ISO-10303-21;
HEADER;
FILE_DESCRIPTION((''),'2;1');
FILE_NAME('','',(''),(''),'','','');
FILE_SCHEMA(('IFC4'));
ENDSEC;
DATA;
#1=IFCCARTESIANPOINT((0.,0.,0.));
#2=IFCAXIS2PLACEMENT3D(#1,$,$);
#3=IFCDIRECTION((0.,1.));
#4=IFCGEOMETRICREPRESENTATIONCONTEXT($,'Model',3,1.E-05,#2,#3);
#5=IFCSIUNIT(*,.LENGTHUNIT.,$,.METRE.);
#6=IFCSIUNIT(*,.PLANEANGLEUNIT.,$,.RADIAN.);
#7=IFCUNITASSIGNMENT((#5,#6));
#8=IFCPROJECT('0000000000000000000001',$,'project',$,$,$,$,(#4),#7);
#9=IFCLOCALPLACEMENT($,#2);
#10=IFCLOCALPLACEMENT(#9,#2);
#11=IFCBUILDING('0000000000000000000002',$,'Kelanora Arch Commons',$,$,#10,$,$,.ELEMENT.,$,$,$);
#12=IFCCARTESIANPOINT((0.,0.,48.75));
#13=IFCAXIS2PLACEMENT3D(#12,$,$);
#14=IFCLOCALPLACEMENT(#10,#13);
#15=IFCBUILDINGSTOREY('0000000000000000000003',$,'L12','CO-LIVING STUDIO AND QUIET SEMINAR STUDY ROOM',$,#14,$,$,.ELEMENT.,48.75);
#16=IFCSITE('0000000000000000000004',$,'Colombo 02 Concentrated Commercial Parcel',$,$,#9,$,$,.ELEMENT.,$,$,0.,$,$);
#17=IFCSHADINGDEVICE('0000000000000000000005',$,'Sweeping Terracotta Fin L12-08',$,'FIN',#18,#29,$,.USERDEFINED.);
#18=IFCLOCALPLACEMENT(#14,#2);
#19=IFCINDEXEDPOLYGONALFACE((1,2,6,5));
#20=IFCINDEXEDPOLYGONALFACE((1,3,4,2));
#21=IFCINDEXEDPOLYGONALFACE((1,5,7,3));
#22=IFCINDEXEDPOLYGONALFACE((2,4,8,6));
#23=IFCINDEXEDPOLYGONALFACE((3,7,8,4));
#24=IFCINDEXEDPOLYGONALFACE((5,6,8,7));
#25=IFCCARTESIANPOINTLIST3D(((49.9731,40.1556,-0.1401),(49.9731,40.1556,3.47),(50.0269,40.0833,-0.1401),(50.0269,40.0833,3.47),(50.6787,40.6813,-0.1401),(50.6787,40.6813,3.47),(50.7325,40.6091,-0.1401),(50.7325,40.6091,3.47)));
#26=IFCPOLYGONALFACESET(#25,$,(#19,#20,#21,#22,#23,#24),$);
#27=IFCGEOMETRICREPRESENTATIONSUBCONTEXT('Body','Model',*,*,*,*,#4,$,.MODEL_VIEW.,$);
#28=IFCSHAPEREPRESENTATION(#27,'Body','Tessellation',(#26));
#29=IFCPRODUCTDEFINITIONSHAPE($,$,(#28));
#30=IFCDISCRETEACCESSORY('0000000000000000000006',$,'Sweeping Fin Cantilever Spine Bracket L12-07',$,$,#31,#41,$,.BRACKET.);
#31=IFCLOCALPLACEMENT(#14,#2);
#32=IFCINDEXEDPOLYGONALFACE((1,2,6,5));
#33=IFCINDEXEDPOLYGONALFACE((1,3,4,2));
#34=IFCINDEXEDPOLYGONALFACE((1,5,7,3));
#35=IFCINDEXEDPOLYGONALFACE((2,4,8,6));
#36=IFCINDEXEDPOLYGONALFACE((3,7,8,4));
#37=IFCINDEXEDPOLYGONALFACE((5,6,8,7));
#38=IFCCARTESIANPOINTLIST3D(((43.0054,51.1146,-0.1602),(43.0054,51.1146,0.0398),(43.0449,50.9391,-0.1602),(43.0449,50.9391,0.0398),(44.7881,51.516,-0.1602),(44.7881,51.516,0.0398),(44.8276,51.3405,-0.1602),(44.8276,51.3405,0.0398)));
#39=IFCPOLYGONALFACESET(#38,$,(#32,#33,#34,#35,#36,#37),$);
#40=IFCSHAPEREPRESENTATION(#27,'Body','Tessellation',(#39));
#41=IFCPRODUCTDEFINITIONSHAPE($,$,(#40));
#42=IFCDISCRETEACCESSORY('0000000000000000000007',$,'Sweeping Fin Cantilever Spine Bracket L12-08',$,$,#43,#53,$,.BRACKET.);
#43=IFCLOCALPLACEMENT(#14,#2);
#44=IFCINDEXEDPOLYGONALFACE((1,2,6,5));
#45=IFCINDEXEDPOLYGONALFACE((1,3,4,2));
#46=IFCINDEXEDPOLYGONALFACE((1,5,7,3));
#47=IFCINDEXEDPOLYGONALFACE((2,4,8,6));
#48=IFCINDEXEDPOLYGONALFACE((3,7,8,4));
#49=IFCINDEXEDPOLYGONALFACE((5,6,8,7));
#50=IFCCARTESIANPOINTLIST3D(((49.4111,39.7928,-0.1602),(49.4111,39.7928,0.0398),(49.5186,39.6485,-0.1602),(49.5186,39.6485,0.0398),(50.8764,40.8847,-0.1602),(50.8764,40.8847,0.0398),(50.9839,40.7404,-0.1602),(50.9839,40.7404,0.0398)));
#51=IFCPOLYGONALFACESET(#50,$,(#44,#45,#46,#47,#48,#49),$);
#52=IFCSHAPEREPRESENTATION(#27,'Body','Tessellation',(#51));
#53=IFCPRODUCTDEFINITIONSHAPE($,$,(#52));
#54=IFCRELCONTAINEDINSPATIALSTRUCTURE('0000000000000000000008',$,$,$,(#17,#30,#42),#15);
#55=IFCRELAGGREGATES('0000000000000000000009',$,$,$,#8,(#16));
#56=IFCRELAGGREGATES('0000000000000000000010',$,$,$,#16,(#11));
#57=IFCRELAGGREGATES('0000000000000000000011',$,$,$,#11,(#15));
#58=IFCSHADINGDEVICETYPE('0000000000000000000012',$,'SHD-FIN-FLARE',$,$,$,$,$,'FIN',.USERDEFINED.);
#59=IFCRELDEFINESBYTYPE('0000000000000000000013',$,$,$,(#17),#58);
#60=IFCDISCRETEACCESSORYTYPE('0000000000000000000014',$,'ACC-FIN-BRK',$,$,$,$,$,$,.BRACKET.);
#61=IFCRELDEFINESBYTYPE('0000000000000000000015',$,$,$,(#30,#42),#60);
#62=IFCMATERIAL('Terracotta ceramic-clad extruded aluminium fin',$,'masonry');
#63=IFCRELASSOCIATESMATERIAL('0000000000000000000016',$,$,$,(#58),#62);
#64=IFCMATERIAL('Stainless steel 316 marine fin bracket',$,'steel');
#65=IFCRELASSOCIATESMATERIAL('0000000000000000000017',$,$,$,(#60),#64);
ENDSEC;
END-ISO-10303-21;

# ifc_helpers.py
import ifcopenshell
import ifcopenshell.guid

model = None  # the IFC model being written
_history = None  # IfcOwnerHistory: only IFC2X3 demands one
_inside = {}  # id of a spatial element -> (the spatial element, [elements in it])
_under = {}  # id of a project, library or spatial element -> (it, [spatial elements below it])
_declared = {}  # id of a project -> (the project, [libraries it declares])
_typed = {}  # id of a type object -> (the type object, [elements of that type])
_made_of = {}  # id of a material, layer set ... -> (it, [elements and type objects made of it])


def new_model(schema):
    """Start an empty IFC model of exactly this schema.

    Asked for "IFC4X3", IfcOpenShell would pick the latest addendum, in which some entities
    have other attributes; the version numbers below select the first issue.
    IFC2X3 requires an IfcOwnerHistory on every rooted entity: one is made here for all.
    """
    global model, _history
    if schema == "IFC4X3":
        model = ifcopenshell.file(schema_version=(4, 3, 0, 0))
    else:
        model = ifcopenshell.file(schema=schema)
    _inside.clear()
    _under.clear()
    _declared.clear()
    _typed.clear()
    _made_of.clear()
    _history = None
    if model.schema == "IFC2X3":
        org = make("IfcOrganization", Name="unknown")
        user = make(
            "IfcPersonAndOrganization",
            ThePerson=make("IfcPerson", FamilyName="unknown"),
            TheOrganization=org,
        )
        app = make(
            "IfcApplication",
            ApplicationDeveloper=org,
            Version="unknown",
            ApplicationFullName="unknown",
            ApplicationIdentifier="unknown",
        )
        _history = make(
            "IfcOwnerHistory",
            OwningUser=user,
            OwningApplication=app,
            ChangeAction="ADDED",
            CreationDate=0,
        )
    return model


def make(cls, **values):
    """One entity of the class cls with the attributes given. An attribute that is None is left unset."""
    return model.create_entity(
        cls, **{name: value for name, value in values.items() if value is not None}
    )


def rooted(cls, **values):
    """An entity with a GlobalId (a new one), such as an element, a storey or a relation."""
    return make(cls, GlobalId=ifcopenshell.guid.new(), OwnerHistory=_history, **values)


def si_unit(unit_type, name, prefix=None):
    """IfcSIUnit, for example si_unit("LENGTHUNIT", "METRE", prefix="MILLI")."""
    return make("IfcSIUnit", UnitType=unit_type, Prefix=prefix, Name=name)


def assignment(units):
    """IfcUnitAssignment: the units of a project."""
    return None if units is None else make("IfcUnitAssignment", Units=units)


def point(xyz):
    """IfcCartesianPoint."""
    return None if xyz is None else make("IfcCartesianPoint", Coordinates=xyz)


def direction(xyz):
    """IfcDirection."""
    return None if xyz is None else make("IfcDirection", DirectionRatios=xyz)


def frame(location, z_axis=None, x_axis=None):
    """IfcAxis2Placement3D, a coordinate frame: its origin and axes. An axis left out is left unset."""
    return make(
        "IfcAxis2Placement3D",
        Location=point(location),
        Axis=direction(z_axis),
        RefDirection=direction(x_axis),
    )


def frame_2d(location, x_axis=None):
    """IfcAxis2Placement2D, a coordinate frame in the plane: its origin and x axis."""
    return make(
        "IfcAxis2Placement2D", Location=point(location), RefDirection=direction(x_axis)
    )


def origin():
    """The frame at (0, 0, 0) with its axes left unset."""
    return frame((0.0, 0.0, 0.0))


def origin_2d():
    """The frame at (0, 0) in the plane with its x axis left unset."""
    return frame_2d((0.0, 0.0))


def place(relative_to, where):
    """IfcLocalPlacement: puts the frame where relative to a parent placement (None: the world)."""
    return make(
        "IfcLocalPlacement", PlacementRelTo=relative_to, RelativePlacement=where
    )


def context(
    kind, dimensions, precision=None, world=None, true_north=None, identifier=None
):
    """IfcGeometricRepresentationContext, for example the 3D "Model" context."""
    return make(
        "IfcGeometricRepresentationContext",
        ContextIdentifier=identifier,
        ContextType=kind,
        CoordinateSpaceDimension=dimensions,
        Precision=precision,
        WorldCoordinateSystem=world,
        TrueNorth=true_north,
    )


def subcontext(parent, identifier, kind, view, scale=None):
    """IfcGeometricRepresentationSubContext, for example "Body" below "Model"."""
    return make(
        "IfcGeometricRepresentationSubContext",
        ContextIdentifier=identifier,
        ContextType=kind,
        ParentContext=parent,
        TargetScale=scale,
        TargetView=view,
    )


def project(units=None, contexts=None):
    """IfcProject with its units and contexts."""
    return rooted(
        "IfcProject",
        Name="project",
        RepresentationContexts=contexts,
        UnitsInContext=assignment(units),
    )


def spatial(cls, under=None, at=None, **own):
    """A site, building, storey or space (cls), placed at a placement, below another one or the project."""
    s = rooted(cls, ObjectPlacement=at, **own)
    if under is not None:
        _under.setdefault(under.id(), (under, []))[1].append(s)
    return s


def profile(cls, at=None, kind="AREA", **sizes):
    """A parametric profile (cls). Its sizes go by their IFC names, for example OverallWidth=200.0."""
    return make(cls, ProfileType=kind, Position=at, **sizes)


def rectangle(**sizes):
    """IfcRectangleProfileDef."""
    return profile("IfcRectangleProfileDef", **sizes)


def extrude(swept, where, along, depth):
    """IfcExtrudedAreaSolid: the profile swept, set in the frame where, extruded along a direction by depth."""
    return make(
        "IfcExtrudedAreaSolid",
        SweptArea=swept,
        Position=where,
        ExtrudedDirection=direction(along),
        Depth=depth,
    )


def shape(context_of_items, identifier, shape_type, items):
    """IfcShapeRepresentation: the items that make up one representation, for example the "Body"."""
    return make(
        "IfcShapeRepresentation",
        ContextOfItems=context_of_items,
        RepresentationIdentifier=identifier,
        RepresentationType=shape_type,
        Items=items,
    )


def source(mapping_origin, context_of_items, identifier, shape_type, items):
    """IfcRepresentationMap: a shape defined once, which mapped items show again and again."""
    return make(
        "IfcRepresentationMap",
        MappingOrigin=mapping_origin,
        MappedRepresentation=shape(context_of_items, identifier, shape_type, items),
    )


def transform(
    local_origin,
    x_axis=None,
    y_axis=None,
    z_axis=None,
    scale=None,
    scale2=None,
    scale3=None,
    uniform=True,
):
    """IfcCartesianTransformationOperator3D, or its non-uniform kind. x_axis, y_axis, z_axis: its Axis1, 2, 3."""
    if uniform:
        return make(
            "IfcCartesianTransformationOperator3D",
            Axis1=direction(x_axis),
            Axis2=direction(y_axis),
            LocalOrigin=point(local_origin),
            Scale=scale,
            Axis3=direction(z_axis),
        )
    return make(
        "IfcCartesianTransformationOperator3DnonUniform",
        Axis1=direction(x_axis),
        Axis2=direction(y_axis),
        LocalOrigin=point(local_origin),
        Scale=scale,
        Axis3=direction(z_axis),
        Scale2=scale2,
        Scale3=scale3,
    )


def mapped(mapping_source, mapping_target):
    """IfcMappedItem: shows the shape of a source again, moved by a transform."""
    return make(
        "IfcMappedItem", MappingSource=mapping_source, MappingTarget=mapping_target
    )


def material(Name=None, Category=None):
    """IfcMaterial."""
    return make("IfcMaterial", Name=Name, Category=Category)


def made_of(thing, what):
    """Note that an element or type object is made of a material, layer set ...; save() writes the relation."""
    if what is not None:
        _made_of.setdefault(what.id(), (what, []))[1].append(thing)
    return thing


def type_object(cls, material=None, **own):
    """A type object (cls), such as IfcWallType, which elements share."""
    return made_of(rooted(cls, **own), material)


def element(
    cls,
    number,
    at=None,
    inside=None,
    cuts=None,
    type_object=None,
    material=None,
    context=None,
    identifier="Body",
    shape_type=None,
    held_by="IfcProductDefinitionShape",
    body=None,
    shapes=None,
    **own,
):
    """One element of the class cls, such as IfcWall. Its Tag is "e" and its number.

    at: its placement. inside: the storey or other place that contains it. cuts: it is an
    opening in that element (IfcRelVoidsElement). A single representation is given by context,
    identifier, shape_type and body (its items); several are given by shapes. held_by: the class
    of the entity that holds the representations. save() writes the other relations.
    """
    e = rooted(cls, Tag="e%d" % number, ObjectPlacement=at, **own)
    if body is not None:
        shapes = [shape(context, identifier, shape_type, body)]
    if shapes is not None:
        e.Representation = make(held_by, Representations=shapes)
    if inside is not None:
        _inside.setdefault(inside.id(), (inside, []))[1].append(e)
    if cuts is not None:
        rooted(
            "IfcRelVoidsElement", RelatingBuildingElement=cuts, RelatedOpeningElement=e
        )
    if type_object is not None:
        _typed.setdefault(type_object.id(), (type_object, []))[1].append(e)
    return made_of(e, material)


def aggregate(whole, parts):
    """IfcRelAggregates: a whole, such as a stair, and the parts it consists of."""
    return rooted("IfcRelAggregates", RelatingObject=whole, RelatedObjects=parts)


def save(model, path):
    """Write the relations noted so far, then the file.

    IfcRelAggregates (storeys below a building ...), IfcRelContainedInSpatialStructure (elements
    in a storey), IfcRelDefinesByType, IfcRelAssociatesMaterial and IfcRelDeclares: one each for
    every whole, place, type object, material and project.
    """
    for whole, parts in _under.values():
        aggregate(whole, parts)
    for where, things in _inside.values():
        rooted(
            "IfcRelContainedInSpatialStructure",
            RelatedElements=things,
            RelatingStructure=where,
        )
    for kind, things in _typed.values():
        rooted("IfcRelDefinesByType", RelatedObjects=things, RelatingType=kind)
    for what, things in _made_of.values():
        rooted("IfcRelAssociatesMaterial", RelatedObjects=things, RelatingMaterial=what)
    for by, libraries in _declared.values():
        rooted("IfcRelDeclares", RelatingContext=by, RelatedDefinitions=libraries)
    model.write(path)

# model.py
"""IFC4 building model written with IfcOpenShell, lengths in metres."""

from ifc_helpers import new_model, si_unit, direction, frame, origin, origin_2d, place, context, subcontext, project, spatial, rectangle, extrude, source, transform, mapped, material, type_object, element, save


model = new_model("IFC4")

# Units and contexts
model_context = context("Model", 3, precision=1e-05, world=origin(), true_north=direction((0.0, 1.0)))
body_context = subcontext(model_context, "Body", "Model", "MODEL_VIEW")
ifc_project = project(units=[si_unit("LENGTHUNIT", "METRE"), si_unit("PLANEANGLEUNIT", "RADIAN")], contexts=[model_context])

# Site, building, storey
site_placement = place(None, origin())
site = spatial("IfcSite", under=ifc_project, at=site_placement, Name="Colombo 02 Concentrated Commercial Parcel", CompositionType="ELEMENT", RefElevation=0.0)
building_placement = place(site_placement, origin())
building = spatial("IfcBuilding", under=site, at=building_placement, Name="Kelanora Arch Commons", CompositionType="ELEMENT")
storey_placement = place(building_placement, frame((0.0, 0.0, 48.75)))
storey = spatial("IfcBuildingStorey", under=building, at=storey_placement, Name="L12", Description="CO-LIVING STUDIO AND QUIET SEMINAR STUDY ROOM", CompositionType="ELEMENT", Elevation=48.75)

# Shading device
ifc_material_1 = material(Name="Terracotta ceramic-clad extruded aluminium fin", Category="masonry")
shading_device_type = type_object("IfcShadingDeviceType", Name="SHD-FIN-FLARE", ElementType="FIN", PredefinedType="USERDEFINED", material=ifc_material_1)
shared_shape_1 = source(origin(), body_context, "Body", "SweptSolid", [
    extrude(rectangle(XDim=0.8799, YDim=0.0901, at=origin_2d()), origin(), (0.0, 0.0, 1.0), 3.6101),
])
for number, where, z_axis, x_axis, name in (
    (1, (50.3528, 40.3823, -0.1401), (0.0, 0.0, 1.0), (-0.80188, -0.597485, 0.0), "Sweeping Terracotta Fin L12-08"),
):
    element("IfcShadingDevice", number, at=place(storey_placement, frame(where, z_axis=z_axis, x_axis=x_axis)), inside=storey, type_object=shading_device_type, Name=name, ObjectType="FIN", PredefinedType="USERDEFINED", context=body_context, shape_type="MappedRepresentation", body=[
        mapped(shared_shape_1, transform((0.0, 0.0, 0.0), scale=1.0)),
    ])

# Discrete accessories
ifc_material_2 = material(Name="Stainless steel 316 marine fin bracket", Category="steel")
discrete_accessory_type = type_object("IfcDiscreteAccessoryType", Name="ACC-FIN-BRK", PredefinedType="BRACKET", material=ifc_material_2)
shared_shape_2 = source(origin(), body_context, "Body", "SweptSolid", [
    extrude(rectangle(XDim=1.8274, YDim=0.1799, at=origin_2d()), origin(), (0.0, 0.0, 1.0), 0.2),
])
for number, where, z_axis, x_axis, name in (
    (2, (43.9165, 51.2275, -0.1602), (0.0, 0.0, 1.0), (-0.975573, -0.219676, 0.0), "Sweeping Fin Cantilever Spine Bracket L12-07"),
    (3, (50.1975, 40.2666, -0.1602), (0.0, 0.0, 1.0), (-0.80188, -0.597485, 0.0), "Sweeping Fin Cantilever Spine Bracket L12-08"),
):
    element("IfcDiscreteAccessory", number, at=place(storey_placement, frame(where, z_axis=z_axis, x_axis=x_axis)), inside=storey, type_object=discrete_accessory_type, Name=name, PredefinedType="BRACKET", context=body_context, shape_type="MappedRepresentation", body=[
        mapped(shared_shape_2, transform((0.0, 0.0, 0.0), scale=1.0)),
    ])

save(model, "model.ifc")
